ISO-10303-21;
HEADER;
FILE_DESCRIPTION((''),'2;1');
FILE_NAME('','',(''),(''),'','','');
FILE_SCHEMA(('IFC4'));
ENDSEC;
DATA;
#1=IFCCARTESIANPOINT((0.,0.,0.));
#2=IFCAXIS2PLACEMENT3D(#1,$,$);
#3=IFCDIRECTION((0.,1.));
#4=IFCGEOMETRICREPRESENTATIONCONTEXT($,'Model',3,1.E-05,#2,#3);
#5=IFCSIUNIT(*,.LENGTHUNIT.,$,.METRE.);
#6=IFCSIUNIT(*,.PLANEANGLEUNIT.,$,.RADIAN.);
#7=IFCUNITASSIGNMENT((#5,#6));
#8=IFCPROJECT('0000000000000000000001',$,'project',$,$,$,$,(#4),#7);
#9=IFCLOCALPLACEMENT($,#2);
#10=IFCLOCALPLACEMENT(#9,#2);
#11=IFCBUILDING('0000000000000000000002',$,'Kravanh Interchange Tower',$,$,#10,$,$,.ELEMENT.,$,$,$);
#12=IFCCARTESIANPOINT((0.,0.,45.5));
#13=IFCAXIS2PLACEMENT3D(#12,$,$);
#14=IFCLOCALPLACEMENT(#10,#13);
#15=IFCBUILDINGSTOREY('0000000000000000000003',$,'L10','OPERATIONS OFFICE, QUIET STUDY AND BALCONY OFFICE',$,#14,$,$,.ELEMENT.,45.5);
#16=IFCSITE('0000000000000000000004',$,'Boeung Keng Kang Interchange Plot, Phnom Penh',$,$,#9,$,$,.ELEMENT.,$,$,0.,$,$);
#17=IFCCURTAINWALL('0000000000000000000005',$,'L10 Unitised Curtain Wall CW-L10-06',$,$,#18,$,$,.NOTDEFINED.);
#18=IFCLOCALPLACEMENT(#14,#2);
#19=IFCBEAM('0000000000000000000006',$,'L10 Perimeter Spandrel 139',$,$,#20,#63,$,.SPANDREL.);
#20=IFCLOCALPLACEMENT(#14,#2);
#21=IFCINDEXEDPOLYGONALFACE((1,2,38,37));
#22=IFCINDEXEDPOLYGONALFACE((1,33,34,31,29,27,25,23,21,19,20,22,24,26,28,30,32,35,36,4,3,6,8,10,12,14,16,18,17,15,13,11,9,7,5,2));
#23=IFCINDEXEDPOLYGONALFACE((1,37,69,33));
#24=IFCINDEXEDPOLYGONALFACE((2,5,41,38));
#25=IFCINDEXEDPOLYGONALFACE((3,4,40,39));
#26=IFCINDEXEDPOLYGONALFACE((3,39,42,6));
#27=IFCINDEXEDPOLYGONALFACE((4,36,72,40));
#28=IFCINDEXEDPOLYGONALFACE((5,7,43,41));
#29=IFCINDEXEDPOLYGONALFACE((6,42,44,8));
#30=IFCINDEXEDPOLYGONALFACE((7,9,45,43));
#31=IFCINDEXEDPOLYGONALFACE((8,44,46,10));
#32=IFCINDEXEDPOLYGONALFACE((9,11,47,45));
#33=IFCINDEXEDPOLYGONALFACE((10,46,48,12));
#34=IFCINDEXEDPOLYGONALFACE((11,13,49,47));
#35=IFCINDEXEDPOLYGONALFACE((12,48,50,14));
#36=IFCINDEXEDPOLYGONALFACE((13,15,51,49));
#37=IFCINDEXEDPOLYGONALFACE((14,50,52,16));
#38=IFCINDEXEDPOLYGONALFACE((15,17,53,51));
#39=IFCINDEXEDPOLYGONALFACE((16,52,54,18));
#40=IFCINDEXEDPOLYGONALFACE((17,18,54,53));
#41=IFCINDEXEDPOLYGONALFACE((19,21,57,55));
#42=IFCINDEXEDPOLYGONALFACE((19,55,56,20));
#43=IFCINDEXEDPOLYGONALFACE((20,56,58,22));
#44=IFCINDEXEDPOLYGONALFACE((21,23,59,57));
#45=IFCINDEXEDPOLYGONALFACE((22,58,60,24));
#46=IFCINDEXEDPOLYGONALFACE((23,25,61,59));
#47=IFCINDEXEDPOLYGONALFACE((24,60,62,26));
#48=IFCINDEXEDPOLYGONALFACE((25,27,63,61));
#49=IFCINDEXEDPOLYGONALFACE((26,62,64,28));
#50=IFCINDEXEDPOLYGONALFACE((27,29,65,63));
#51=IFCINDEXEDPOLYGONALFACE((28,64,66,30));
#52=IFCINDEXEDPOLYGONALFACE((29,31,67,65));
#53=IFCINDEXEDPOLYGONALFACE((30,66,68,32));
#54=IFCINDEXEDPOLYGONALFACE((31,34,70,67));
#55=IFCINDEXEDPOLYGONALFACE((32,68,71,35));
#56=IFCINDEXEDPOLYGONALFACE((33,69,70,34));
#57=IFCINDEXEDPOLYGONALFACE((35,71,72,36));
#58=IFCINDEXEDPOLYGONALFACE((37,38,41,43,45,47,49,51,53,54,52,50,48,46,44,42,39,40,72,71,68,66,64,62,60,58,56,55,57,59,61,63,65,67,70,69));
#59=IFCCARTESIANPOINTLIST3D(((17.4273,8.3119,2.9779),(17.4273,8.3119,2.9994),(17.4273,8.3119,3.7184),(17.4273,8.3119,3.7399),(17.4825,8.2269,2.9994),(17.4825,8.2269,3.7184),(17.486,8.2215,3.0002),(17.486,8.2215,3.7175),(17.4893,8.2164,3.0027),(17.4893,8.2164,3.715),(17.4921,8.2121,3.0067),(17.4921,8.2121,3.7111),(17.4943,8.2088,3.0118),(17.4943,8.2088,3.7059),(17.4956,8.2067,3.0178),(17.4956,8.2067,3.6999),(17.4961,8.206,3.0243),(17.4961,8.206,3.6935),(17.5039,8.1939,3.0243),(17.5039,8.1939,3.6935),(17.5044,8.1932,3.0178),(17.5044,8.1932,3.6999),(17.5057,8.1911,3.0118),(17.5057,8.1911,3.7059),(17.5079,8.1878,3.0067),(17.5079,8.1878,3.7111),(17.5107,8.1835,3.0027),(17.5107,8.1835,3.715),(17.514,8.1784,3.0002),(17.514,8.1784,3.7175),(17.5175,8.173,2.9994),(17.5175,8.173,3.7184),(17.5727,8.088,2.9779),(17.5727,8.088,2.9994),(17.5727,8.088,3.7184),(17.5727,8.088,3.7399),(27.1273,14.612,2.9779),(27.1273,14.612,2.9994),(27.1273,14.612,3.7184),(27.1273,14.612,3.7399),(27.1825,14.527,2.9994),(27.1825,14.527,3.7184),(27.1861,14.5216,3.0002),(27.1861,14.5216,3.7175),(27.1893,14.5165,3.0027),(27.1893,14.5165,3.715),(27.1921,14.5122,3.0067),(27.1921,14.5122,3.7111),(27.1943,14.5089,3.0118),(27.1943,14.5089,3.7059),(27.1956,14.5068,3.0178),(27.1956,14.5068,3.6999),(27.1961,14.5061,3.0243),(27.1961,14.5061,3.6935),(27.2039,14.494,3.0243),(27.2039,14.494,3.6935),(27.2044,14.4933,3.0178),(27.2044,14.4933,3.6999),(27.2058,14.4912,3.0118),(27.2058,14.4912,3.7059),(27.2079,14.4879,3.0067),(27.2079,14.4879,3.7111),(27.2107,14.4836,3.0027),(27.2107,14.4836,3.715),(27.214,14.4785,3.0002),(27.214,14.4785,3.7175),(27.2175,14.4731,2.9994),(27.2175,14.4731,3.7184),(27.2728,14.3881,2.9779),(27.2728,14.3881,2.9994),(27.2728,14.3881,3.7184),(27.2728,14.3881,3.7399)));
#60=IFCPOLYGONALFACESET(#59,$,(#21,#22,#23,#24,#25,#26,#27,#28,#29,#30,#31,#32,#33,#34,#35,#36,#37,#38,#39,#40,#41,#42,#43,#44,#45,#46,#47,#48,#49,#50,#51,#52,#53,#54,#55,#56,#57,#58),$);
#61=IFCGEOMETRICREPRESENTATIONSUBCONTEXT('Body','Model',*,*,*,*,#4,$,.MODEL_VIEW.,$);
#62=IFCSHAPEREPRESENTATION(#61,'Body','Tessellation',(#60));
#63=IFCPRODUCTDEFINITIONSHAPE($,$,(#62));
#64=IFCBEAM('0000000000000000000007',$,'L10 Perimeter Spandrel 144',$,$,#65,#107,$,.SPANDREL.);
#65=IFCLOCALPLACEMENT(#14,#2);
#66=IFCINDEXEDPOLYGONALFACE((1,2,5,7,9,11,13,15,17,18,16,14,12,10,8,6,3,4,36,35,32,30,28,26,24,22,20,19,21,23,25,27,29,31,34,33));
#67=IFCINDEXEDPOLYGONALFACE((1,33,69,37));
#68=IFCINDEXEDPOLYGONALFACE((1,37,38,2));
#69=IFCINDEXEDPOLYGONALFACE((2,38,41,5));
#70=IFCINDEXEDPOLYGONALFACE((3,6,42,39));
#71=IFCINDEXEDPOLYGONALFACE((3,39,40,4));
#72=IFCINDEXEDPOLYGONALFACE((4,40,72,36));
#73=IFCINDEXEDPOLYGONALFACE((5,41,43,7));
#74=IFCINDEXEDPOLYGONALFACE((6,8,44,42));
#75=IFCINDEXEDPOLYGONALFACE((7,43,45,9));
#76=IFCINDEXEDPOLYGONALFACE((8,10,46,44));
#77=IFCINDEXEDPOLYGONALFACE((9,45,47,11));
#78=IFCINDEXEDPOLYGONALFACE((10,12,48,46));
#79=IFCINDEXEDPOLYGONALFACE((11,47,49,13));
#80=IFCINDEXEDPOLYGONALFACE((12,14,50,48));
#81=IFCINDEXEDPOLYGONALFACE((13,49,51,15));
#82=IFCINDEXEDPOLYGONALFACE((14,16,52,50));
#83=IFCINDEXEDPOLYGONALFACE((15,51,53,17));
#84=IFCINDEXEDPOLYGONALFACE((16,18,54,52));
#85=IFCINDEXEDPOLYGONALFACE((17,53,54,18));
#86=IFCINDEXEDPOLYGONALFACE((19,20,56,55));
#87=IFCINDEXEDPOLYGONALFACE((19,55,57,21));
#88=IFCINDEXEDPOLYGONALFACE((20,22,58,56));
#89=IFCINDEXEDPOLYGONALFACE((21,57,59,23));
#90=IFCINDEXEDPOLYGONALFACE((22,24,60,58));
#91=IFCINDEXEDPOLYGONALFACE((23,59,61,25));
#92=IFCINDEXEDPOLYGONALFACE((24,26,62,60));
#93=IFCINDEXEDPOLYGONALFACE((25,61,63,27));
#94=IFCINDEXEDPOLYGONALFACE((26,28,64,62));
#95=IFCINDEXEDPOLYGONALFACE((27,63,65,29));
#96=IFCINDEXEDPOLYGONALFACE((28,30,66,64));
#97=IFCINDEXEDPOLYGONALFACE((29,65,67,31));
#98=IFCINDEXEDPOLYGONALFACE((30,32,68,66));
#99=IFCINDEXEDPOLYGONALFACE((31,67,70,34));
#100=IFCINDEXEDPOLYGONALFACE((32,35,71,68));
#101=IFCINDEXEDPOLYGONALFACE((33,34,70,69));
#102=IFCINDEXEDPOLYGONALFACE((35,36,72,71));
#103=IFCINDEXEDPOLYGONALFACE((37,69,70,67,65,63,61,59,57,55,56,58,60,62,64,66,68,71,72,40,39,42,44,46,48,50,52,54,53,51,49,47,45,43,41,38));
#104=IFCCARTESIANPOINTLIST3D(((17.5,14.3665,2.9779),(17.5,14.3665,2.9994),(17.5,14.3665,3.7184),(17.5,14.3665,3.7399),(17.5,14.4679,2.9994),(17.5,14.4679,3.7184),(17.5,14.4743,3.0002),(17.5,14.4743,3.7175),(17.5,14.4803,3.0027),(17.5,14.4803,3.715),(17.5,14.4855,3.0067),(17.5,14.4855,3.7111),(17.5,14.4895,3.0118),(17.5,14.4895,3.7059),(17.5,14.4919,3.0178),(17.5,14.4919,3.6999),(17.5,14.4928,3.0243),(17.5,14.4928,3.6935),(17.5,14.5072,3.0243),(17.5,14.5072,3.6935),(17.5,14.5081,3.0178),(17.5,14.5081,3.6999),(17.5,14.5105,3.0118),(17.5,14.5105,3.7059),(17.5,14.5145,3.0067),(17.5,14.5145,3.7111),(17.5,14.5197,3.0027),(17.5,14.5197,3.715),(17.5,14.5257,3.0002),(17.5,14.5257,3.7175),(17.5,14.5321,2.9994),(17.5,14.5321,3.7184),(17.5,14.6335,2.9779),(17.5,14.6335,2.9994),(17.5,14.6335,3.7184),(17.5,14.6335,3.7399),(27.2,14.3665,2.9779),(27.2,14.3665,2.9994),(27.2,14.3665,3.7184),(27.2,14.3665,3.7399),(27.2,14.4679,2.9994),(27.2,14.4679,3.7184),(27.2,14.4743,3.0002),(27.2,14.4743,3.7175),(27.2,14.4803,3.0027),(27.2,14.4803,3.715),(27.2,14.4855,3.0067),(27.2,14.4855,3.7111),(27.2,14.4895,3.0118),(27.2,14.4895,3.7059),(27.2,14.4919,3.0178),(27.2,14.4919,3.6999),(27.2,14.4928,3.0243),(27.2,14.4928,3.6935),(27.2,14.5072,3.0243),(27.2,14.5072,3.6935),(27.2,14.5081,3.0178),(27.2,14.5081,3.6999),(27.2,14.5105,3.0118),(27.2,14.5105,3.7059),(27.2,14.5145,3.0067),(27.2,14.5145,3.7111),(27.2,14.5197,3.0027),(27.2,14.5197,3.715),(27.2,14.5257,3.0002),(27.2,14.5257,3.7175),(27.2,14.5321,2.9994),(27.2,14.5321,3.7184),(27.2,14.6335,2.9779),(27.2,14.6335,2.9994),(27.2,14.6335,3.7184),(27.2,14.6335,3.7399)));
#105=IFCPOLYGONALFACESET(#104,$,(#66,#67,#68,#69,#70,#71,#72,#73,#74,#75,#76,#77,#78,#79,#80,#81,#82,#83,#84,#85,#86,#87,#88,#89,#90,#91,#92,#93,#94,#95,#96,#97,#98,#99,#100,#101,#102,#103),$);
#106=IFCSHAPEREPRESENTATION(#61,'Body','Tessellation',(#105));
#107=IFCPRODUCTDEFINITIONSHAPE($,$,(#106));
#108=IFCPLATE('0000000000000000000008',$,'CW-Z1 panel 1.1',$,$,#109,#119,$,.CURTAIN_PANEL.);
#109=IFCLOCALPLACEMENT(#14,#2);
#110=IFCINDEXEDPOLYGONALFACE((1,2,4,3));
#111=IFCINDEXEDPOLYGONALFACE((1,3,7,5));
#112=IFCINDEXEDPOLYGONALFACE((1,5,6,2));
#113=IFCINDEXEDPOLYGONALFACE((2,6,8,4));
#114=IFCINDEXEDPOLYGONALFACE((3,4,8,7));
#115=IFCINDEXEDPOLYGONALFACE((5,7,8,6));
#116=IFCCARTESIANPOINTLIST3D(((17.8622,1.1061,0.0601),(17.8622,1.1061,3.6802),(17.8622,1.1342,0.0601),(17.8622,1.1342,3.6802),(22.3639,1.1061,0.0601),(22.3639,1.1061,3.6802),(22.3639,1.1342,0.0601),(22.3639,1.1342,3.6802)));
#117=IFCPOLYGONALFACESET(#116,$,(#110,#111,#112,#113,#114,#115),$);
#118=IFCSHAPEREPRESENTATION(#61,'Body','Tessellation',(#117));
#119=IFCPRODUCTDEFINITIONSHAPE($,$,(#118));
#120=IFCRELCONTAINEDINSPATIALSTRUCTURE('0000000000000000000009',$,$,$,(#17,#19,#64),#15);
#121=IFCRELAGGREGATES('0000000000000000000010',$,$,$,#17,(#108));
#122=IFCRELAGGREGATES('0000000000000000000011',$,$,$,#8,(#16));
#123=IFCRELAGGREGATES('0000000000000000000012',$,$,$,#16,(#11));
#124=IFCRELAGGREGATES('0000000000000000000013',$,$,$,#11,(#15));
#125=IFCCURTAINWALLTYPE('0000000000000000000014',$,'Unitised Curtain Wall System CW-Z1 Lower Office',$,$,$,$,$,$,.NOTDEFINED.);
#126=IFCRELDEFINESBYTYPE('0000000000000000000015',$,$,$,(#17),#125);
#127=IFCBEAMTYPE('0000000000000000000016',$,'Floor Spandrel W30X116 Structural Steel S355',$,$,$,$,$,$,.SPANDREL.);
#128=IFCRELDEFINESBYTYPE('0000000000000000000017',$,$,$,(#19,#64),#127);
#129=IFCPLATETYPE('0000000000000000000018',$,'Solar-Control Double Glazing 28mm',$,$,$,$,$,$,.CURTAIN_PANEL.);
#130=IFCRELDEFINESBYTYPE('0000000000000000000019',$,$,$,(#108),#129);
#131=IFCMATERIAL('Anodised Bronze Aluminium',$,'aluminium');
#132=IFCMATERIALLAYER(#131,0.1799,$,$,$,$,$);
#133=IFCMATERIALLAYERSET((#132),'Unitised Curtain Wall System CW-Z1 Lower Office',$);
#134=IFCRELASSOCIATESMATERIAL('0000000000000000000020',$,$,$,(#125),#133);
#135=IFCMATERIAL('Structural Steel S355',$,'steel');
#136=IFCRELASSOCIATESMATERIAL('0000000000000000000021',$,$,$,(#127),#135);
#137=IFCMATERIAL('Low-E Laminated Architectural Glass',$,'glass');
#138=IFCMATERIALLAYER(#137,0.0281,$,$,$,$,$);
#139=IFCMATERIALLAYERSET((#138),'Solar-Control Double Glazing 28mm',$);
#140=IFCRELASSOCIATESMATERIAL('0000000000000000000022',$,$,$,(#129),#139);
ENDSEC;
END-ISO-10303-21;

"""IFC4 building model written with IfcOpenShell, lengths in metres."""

from ifc_helpers import new_model, si_unit, direction, frame, origin, origin_2d, place, context, subcontext, project, spatial, rectangle, i_section, extrude, material, layer, layer_set, material_profile, profile_set, type_object, element, aggregate, save


model = new_model("IFC4")

# Units and contexts
model_context = context("Model", 3, precision=1e-05, world=origin(), true_north=direction((0.0, 1.0)))
body_context = subcontext(model_context, "Body", "Model", "MODEL_VIEW")
ifc_project = project(units=[si_unit("LENGTHUNIT", "METRE"), si_unit("PLANEANGLEUNIT", "RADIAN")], contexts=[model_context])

# Site, building, storey
site_placement = place(None, origin())
site = spatial("IfcSite", under=ifc_project, at=site_placement, Name="Boeung Keng Kang Interchange Plot, Phnom Penh", CompositionType="ELEMENT", RefElevation=0.0)
building_placement = place(site_placement, origin())
building = spatial("IfcBuilding", under=site, at=building_placement, Name="Kravanh Interchange Tower", CompositionType="ELEMENT")
storey_placement = place(building_placement, frame((0.0, 0.0, 45.5)))
storey = spatial("IfcBuildingStorey", under=building, at=storey_placement, Name="L10", Description="OPERATIONS OFFICE, QUIET STUDY AND BALCONY OFFICE", CompositionType="ELEMENT", Elevation=45.5)

# Curtain wall
ifc_material_1 = material(Name="Anodised Bronze Aluminium", Category="aluminium")
ifc_layer_1 = layer(ifc_material_1, 0.1799)
ifc_layer_set_1 = layer_set([ifc_layer_1], Name="Unitised Curtain Wall System CW-Z1 Lower Office")
curtain_wall_type = type_object("IfcCurtainWallType", Name="Unitised Curtain Wall System CW-Z1 Lower Office", PredefinedType="NOTDEFINED", material=ifc_layer_set_1)
curtain_wall_placement = place(storey_placement, origin())
curtain_wall = element("IfcCurtainWall", 1, at=curtain_wall_placement, inside=storey, type_object=curtain_wall_type, Name="L10 Unitised Curtain Wall CW-L10-06", PredefinedType="NOTDEFINED")

# Beams
ifc_material_2 = material(Name="Structural Steel S355", Category="steel")
ifc_material_profile_1 = material_profile(ifc_material_2, i_section(OverallWidth=0.2671, OverallDepth=0.762, WebThickness=0.0144, FlangeThickness=0.0215, FilletRadius=0.0249, at=origin_2d()), Name="W30X116")
ifc_profile_set_1 = profile_set([ifc_material_profile_1], Name="Structural Steel S355")
beam_type_1 = type_object("IfcBeamType", Name="Floor Spandrel W30X116 Structural Steel S355", PredefinedType="SPANDREL", material=ifc_profile_set_1)
beam_1_placement = place(storey_placement, frame((17.5, 8.2, 3.3589), z_axis=(0.838638, 0.544689, 0.0), x_axis=(-0.544689, 0.838638, 0.0)))
element("IfcBeam", 2, at=beam_1_placement, inside=storey, type_object=beam_type_1, Name="L10 Perimeter Spandrel 139", PredefinedType="SPANDREL", context=body_context, shape_type="SweptSolid", body=[
    extrude(i_section(OverallWidth=0.2671, OverallDepth=0.762, WebThickness=0.0144, FlangeThickness=0.0215, FilletRadius=0.0249, at=origin_2d()), origin(), (0.0, 0.0, 1.0), 11.5664),
])
beam_2_placement = place(storey_placement, frame((17.5, 14.5, 3.3589), z_axis=(1.0, 0.0, 0.0), x_axis=(0.0, 1.0, 0.0)))
element("IfcBeam", 3, at=beam_2_placement, inside=storey, type_object=beam_type_1, Name="L10 Perimeter Spandrel 144", PredefinedType="SPANDREL", context=body_context, shape_type="SweptSolid", body=[
    extrude(i_section(OverallWidth=0.2671, OverallDepth=0.762, WebThickness=0.0144, FlangeThickness=0.0215, FilletRadius=0.0249, at=origin_2d()), origin(), (0.0, 0.0, 1.0), 9.7),
])

# Plate
ifc_material_3 = material(Name="Low-E Laminated Architectural Glass", Category="glass")
ifc_layer_2 = layer(ifc_material_3, 0.0281)
ifc_layer_set_2 = layer_set([ifc_layer_2], Name="Solar-Control Double Glazing 28mm")
plate_type = type_object("IfcPlateType", Name="Solar-Control Double Glazing 28mm", PredefinedType="CURTAIN_PANEL", material=ifc_layer_set_2)
plate_placement = place(storey_placement, frame((20.113, 1.1201, 0.0601), z_axis=(0.0, 0.0, 1.0), x_axis=(-1.0, 0.0, 0.0)))
plate = element("IfcPlate", 4, at=plate_placement, type_object=plate_type, Name="CW-Z1 panel 1.1", PredefinedType="CURTAIN_PANEL", context=body_context, shape_type="SweptSolid", body=[
    extrude(rectangle(XDim=4.5017, YDim=0.0281, at=origin_2d()), origin(), (0.0, 0.0, 1.0), 3.6201),
])
aggregate(curtain_wall, [plate])

save(model, "model.ifc")
